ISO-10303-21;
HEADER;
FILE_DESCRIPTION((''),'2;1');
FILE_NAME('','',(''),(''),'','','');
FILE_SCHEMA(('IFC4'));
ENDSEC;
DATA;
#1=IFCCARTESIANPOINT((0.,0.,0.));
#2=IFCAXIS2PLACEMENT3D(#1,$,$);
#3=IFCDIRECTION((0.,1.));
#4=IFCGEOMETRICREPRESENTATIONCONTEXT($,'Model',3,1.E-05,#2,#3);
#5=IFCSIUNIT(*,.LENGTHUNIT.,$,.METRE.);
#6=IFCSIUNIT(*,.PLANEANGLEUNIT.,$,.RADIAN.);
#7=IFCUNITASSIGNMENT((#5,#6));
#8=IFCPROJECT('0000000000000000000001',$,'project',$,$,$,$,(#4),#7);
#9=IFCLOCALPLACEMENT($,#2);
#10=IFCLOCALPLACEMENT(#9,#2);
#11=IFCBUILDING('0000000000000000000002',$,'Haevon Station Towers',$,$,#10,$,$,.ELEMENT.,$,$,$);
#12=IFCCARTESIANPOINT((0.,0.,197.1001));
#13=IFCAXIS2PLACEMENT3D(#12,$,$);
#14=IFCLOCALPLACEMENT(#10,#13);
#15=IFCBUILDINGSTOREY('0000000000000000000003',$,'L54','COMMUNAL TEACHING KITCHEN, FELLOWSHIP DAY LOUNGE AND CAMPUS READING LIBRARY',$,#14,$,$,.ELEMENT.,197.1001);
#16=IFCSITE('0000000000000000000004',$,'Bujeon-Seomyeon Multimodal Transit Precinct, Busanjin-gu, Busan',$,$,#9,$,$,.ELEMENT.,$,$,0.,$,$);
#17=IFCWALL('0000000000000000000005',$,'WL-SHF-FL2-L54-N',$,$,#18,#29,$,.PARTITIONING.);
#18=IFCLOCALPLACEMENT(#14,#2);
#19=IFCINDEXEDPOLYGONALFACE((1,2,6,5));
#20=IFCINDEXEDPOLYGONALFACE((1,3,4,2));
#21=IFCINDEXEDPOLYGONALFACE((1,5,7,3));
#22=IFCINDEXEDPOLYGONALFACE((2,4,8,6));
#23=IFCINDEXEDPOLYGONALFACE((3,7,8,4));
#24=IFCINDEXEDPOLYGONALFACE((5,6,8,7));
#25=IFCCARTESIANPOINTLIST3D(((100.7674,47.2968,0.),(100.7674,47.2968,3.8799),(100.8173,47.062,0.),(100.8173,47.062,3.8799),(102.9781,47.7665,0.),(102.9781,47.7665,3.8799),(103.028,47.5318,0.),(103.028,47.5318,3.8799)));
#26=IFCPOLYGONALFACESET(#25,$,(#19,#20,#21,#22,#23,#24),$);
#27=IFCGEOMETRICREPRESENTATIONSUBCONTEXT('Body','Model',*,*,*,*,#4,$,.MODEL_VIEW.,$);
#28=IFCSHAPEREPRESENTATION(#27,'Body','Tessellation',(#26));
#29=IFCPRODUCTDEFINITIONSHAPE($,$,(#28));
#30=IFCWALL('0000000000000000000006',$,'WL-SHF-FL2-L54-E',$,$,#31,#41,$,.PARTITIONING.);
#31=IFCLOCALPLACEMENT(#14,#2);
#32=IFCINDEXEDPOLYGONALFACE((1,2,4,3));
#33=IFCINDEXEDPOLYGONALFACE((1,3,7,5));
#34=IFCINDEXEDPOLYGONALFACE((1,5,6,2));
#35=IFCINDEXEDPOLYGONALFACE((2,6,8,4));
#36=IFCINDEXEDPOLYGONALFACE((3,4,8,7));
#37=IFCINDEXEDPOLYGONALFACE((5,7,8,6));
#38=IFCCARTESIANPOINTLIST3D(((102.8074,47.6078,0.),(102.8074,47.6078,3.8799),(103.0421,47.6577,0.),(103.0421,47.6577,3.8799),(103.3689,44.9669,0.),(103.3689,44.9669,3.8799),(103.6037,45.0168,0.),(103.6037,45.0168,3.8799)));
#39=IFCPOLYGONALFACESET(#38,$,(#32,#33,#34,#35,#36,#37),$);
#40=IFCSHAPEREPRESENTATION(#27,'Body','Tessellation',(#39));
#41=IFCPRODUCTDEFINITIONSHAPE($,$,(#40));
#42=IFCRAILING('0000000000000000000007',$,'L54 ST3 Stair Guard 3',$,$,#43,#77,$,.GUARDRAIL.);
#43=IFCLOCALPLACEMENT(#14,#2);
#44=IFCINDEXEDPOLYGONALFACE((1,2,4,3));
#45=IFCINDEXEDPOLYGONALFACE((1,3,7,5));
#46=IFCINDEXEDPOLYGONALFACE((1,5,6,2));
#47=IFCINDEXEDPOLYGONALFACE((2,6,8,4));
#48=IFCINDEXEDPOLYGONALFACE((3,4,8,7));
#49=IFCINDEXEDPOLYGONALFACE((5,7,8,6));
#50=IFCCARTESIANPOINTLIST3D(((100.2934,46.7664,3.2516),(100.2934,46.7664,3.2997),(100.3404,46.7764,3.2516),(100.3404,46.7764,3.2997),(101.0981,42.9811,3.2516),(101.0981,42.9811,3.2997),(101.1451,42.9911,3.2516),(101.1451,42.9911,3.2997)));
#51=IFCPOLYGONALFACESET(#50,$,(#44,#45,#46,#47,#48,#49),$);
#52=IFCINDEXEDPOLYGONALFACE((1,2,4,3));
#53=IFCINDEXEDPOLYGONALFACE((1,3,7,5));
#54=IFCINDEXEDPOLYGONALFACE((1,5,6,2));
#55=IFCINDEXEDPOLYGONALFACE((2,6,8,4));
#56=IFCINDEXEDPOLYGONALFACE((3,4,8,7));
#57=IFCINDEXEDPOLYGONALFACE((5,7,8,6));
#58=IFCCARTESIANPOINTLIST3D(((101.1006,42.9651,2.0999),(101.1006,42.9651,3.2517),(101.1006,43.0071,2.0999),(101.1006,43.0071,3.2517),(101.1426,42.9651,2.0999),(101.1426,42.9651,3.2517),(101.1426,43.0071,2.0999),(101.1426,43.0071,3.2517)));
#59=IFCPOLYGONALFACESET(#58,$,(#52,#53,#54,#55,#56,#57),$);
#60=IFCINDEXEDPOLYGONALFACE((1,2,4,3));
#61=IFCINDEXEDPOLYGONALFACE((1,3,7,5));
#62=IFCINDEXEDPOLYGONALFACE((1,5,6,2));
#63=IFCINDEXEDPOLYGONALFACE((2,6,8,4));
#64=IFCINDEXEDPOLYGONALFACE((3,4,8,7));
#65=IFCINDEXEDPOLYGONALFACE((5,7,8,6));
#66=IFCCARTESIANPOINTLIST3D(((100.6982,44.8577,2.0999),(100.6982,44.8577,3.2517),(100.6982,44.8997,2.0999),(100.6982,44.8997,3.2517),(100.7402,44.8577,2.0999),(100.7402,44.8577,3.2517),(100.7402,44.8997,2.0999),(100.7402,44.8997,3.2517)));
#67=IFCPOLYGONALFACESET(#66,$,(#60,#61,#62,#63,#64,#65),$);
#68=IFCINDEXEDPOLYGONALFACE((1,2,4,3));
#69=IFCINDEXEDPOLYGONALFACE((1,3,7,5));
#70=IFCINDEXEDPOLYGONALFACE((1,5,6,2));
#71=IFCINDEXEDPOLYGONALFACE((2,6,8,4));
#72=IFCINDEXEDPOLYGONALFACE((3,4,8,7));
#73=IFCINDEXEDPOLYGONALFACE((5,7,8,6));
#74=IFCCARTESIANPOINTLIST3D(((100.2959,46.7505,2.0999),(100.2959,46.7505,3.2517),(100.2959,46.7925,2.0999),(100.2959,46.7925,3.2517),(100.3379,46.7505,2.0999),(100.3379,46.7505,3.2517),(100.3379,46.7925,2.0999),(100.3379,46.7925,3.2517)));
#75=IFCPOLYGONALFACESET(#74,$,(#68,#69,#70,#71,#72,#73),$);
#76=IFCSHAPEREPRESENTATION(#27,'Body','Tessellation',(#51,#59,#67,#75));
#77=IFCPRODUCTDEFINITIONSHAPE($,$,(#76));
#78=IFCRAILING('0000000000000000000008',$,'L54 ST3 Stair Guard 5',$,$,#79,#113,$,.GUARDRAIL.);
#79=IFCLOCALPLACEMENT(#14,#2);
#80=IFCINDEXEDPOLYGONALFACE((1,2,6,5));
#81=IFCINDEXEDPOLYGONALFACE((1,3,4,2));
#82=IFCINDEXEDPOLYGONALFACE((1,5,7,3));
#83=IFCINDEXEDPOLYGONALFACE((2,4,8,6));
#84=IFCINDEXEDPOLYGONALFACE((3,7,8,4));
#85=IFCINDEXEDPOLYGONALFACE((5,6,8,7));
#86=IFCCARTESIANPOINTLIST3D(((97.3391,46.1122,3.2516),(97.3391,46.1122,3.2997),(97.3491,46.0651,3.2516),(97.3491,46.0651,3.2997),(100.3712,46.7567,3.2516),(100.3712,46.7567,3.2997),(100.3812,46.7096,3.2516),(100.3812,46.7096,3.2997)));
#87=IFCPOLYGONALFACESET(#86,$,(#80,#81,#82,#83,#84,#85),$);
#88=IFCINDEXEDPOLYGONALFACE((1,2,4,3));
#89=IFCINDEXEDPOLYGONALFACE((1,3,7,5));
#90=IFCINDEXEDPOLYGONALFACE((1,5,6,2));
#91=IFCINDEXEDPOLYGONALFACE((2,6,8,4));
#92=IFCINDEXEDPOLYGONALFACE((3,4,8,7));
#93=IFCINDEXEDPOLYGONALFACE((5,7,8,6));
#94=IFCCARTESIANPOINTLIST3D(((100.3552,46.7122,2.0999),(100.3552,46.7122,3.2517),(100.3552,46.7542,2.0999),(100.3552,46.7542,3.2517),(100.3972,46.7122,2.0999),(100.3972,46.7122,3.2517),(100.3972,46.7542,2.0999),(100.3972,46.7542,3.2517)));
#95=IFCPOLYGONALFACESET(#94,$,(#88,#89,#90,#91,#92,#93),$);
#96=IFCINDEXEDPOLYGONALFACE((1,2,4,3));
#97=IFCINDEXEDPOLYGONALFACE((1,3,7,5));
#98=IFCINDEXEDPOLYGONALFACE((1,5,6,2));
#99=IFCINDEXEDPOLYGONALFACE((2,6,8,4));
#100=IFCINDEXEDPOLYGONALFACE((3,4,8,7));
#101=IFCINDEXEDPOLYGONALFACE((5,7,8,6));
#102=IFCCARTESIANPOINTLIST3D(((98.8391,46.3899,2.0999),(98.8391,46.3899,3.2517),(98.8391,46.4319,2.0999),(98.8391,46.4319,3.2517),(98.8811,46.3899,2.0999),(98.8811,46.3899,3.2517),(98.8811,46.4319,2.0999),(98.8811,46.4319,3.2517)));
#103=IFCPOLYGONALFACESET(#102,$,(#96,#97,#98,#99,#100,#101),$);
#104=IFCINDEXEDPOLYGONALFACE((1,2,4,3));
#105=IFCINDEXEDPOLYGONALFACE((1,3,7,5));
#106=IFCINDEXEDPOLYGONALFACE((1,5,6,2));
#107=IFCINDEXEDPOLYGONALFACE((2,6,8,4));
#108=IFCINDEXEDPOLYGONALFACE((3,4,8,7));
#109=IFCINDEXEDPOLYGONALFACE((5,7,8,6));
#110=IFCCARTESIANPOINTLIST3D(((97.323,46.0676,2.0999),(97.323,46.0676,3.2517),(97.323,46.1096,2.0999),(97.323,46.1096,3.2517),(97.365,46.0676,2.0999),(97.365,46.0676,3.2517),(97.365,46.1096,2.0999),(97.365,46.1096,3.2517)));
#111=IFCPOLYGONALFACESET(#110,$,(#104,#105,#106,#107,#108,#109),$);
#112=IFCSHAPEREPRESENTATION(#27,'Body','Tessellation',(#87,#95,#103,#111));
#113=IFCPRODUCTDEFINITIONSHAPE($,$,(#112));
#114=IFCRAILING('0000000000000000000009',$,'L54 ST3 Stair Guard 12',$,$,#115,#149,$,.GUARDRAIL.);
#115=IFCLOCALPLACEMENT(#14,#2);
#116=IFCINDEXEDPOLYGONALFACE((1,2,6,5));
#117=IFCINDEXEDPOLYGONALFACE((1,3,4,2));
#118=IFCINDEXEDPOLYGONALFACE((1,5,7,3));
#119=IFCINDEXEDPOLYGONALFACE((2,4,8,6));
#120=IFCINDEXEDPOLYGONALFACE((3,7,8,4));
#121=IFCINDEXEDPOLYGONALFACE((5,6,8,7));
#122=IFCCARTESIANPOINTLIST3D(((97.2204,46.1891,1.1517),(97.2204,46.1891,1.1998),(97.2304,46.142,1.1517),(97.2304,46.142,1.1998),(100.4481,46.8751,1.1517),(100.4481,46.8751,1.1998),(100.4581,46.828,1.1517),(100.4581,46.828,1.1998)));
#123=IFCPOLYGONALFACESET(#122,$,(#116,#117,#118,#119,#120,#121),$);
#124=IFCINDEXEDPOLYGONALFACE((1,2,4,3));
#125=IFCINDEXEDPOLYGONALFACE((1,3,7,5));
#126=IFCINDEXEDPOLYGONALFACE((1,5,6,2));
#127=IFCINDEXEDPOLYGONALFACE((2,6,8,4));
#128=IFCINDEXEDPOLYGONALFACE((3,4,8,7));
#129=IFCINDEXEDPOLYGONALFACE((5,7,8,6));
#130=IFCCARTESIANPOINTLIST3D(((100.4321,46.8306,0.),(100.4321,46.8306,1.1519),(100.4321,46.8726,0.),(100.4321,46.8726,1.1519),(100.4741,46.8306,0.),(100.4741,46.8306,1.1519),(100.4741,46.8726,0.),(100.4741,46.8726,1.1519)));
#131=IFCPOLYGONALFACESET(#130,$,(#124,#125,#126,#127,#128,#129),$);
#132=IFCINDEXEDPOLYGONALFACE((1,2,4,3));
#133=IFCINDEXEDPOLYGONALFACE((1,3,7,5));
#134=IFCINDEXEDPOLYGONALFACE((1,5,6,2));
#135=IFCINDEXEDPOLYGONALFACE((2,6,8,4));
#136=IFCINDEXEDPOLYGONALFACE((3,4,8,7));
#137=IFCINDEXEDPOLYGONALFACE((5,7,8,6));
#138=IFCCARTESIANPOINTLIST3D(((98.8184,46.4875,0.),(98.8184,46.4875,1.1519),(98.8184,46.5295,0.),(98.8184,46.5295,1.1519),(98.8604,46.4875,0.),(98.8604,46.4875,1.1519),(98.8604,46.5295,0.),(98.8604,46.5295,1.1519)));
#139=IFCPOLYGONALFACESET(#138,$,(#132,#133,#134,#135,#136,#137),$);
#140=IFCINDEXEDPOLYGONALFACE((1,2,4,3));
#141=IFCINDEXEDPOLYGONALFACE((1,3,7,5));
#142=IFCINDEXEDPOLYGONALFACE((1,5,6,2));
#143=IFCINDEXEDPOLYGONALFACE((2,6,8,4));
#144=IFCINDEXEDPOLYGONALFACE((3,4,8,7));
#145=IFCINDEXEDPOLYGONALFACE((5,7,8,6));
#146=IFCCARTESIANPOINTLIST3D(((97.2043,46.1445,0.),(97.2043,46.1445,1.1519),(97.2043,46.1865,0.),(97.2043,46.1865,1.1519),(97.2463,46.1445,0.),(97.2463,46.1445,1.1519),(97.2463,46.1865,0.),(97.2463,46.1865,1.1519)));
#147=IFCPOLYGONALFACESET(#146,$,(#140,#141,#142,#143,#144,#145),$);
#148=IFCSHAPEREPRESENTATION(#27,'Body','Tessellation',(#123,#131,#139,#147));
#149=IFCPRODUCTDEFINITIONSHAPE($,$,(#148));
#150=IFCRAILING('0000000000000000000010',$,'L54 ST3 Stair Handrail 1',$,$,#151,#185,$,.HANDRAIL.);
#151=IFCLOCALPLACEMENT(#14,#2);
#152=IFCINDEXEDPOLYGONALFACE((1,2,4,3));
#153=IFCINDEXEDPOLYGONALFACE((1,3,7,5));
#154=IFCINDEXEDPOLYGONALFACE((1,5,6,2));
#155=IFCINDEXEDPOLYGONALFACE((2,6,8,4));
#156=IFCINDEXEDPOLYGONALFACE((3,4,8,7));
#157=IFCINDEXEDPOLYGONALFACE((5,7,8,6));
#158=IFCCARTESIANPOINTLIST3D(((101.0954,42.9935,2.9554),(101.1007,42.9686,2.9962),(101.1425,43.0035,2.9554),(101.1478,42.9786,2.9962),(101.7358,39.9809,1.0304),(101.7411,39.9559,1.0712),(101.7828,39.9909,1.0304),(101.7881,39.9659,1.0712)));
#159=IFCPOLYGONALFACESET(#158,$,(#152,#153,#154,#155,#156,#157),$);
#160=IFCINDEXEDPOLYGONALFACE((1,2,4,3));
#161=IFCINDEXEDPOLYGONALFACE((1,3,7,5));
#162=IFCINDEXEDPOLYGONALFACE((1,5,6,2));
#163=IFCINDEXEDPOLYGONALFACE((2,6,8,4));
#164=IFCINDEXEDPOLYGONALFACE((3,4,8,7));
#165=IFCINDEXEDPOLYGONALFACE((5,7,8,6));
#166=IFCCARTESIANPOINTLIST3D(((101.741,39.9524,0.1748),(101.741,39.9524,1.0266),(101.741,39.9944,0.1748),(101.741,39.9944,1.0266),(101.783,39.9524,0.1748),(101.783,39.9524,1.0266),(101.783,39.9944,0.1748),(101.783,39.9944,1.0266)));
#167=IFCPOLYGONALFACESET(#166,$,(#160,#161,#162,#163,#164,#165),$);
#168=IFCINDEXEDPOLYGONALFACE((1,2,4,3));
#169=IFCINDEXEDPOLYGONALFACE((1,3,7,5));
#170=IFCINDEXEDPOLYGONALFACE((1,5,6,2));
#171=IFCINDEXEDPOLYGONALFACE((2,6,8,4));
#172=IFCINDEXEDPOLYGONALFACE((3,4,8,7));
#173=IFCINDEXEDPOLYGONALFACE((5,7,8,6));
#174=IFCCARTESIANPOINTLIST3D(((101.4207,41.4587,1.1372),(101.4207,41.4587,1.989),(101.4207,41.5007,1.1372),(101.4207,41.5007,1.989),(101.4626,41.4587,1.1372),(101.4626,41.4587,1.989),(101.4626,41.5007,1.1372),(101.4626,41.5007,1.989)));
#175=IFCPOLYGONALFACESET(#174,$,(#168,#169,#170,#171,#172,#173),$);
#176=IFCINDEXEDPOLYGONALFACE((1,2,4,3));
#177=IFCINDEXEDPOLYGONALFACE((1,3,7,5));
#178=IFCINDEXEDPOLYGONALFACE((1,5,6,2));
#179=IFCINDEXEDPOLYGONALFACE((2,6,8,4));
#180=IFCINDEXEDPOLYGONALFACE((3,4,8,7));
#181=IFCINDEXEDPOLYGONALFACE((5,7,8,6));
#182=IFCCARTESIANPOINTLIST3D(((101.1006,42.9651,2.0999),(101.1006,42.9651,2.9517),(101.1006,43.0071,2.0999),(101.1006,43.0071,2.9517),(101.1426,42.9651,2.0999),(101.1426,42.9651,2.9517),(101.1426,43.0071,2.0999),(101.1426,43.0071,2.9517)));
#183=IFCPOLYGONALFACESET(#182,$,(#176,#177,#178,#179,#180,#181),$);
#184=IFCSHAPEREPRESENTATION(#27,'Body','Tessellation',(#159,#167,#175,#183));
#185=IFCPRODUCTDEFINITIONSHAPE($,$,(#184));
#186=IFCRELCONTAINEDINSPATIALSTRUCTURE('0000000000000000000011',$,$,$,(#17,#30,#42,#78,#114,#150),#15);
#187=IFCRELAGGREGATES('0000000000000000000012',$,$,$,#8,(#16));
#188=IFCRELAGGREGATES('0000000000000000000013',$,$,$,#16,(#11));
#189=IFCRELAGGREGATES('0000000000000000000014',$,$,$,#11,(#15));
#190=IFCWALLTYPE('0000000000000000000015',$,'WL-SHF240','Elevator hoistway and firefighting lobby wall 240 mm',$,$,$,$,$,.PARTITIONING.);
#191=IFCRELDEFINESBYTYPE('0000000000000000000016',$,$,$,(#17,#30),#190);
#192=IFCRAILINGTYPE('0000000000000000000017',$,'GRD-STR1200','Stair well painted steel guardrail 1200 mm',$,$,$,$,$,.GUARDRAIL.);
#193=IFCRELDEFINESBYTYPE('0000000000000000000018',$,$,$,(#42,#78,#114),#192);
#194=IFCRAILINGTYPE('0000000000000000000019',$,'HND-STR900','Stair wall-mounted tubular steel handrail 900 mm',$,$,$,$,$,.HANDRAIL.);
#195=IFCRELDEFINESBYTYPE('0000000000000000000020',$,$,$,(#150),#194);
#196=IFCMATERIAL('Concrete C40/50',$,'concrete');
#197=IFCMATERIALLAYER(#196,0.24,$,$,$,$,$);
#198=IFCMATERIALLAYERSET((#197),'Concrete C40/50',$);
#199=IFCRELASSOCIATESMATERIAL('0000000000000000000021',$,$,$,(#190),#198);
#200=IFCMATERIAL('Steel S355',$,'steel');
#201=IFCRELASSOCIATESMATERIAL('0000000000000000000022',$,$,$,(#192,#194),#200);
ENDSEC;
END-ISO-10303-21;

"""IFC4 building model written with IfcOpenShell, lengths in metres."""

from ifc_helpers import new_model, si_unit, direction, frame, frame_2d, origin, origin_2d, place, context, subcontext, project, spatial, rectangle, extrude, material, layer, layer_set, type_object, element, save


model = new_model("IFC4")

# Units and contexts
model_context = context("Model", 3, precision=1e-05, world=origin(), true_north=direction((0.0, 1.0)))
body_context = subcontext(model_context, "Body", "Model", "MODEL_VIEW")
ifc_project = project(units=[si_unit("LENGTHUNIT", "METRE"), si_unit("PLANEANGLEUNIT", "RADIAN")], contexts=[model_context])

# Site, building, storey
site_placement = place(None, origin())
site = spatial("IfcSite", under=ifc_project, at=site_placement, Name="Bujeon-Seomyeon Multimodal Transit Precinct, Busanjin-gu, Busan", CompositionType="ELEMENT", RefElevation=0.0)
building_placement = place(site_placement, origin())
building = spatial("IfcBuilding", under=site, at=building_placement, Name="Haevon Station Towers", CompositionType="ELEMENT")
storey_placement = place(building_placement, frame((0.0, 0.0, 197.1001)))
storey = spatial("IfcBuildingStorey", under=building, at=storey_placement, Name="L54", Description="COMMUNAL TEACHING KITCHEN, FELLOWSHIP DAY LOUNGE AND CAMPUS READING LIBRARY", CompositionType="ELEMENT", Elevation=197.1001)

# Shared definitions
ifc_material_1 = material(Name="Steel S355", Category="steel")

# Shared definitions
ifc_material_2 = material(Name="Concrete C40/50", Category="concrete")
ifc_layer_1 = layer(ifc_material_2, 0.24)
ifc_layer_set_1 = layer_set([ifc_layer_1], Name="Concrete C40/50")
wall_type_1 = type_object("IfcWallType", Name="WL-SHF240", Description="Elevator hoistway and firefighting lobby wall 240 mm", PredefinedType="PARTITIONING", material=ifc_layer_set_1)

# Walls
wall_1_placement = place(storey_placement, frame((100.7925, 47.1794, 0.0), z_axis=(0.0, 0.0, 1.0), x_axis=(0.978163, 0.207839, 0.0)))
element("IfcWall", 1, at=wall_1_placement, inside=storey, type_object=wall_type_1, Name="WL-SHF-FL2-L54-N", PredefinedType="PARTITIONING", context=body_context, shape_type="SweptSolid", body=[
    extrude(rectangle(XDim=2.26, YDim=0.24, at=frame_2d((1.1299, 0.0))), origin(), (0.0, 0.0, 1.0), 3.8799),
])
wall_2_placement = place(storey_placement, frame((103.4863, 44.9917, 0.0), z_axis=(0.0, 0.0, 1.0), x_axis=(-0.207979, 0.978133, 0.0)))
element("IfcWall", 2, at=wall_2_placement, inside=storey, type_object=wall_type_1, Name="WL-SHF-FL2-L54-E", PredefinedType="PARTITIONING", context=body_context, shape_type="SweptSolid", body=[
    extrude(rectangle(XDim=2.7, YDim=0.24, at=frame_2d((1.3501, 0.0))), origin(), (0.0, 0.0, 1.0), 3.8799),
])

# Railings
railing_type_1 = type_object("IfcRailingType", Name="GRD-STR1200", Description="Stair well painted steel guardrail 1200 mm", PredefinedType="GUARDRAIL", material=ifc_material_1)
railing_1_placement = place(storey_placement, frame((101.1216, 42.9861, 2.0999)))
element("IfcRailing", 3, at=railing_1_placement, inside=storey, type_object=railing_type_1, Name="L54 ST3 Stair Guard 3", PredefinedType="GUARDRAIL", context=body_context, shape_type="SweptSolid", body=[
    extrude(rectangle(XDim=0.0481, YDim=0.0481, at=origin_2d()), frame((0.0, 0.0, 1.1758), z_axis=(-0.20793, 0.978144, 0.0), x_axis=(-0.978144, -0.20793, 0.0)), (0.0, 0.0, 1.0), 3.8699),
    extrude(rectangle(XDim=0.042, YDim=0.042, at=origin_2d()), origin(), (0.0, 0.0, 1.0), 1.1519),
    extrude(rectangle(XDim=0.042, YDim=0.042, at=origin_2d()), frame((-0.4023, 1.8926, 0.0)), (0.0, 0.0, 1.0), 1.1519),
    extrude(rectangle(XDim=0.042, YDim=0.042, at=origin_2d()), frame((-0.8047, 3.7854, 0.0)), (0.0, 0.0, 1.0), 1.1519),
])
railing_2_placement = place(storey_placement, frame((100.3762, 46.7332, 2.0999)))
element("IfcRailing", 4, at=railing_2_placement, inside=storey, type_object=railing_type_1, Name="L54 ST3 Stair Guard 5", PredefinedType="GUARDRAIL", context=body_context, shape_type="SweptSolid", body=[
    extrude(rectangle(XDim=0.0481, YDim=0.0481, at=origin_2d()), frame((0.0, 0.0, 1.1758), z_axis=(-0.978147, -0.207915, 0.0), x_axis=(0.207915, -0.978147, 0.0)), (0.0, 0.0, 1.0), 3.0999),
    extrude(rectangle(XDim=0.042, YDim=0.042, at=origin_2d()), origin(), (0.0, 0.0, 1.0), 1.1519),
    extrude(rectangle(XDim=0.042, YDim=0.042, at=origin_2d()), frame((-1.5161, -0.3223, 0.0)), (0.0, 0.0, 1.0), 1.1519),
    extrude(rectangle(XDim=0.042, YDim=0.042, at=origin_2d()), frame((-3.0322, -0.6445, 0.0)), (0.0, 0.0, 1.0), 1.1519),
])
railing_3_placement = place(storey_placement, frame((100.4531, 46.8516, 0.0)))
element("IfcRailing", 5, at=railing_3_placement, inside=storey, type_object=railing_type_1, Name="L54 ST3 Stair Guard 12", PredefinedType="GUARDRAIL", context=body_context, shape_type="SweptSolid", body=[
    extrude(rectangle(XDim=0.0481, YDim=0.0481, at=origin_2d()), frame((0.0, 0.0, 1.1758), z_axis=(-0.978151, -0.207897, 0.0), x_axis=(0.207897, -0.978151, 0.0)), (0.0, 0.0, 1.0), 3.2998),
    extrude(rectangle(XDim=0.042, YDim=0.042, at=origin_2d()), origin(), (0.0, 0.0, 1.0), 1.1519),
    extrude(rectangle(XDim=0.042, YDim=0.042, at=origin_2d()), frame((-1.6138, -0.343, 0.0)), (0.0, 0.0, 1.0), 1.1519),
    extrude(rectangle(XDim=0.042, YDim=0.042, at=origin_2d()), frame((-3.2278, -0.686, 0.0)), (0.0, 0.0, 1.0), 1.1519),
])
railing_type_2 = type_object("IfcRailingType", Name="HND-STR900", Description="Stair wall-mounted tubular steel handrail 900 mm", PredefinedType="HANDRAIL", material=ifc_material_1)
railing_4_placement = place(storey_placement, frame((101.762, 39.9734, 0.1748)))
element("IfcRailing", 6, at=railing_4_placement, inside=storey, type_object=railing_type_2, Name="L54 ST3 Stair Handrail 1", PredefinedType="HANDRAIL", context=body_context, shape_type="SweptSolid", body=[
    extrude(rectangle(XDim=0.0481, YDim=0.0481, at=origin_2d()), frame((0.0, 0.0, 0.876), z_axis=(-0.176311, 0.829461, 0.530008), x_axis=(-0.978147, -0.207916, 0.0)), (0.0, 0.0, 1.0), 3.6321),
    extrude(rectangle(XDim=0.042, YDim=0.042, at=origin_2d()), origin(), (0.0, 0.0, 1.0), 0.8518),
    extrude(rectangle(XDim=0.042, YDim=0.042, at=origin_2d()), frame((-0.3203, 1.5063, 0.9624)), (0.0, 0.0, 1.0), 0.8518),
    extrude(rectangle(XDim=0.042, YDim=0.042, at=origin_2d()), frame((-0.6404, 3.0127, 1.925)), (0.0, 0.0, 1.0), 0.8518),
])

save(model, "model.ifc")
